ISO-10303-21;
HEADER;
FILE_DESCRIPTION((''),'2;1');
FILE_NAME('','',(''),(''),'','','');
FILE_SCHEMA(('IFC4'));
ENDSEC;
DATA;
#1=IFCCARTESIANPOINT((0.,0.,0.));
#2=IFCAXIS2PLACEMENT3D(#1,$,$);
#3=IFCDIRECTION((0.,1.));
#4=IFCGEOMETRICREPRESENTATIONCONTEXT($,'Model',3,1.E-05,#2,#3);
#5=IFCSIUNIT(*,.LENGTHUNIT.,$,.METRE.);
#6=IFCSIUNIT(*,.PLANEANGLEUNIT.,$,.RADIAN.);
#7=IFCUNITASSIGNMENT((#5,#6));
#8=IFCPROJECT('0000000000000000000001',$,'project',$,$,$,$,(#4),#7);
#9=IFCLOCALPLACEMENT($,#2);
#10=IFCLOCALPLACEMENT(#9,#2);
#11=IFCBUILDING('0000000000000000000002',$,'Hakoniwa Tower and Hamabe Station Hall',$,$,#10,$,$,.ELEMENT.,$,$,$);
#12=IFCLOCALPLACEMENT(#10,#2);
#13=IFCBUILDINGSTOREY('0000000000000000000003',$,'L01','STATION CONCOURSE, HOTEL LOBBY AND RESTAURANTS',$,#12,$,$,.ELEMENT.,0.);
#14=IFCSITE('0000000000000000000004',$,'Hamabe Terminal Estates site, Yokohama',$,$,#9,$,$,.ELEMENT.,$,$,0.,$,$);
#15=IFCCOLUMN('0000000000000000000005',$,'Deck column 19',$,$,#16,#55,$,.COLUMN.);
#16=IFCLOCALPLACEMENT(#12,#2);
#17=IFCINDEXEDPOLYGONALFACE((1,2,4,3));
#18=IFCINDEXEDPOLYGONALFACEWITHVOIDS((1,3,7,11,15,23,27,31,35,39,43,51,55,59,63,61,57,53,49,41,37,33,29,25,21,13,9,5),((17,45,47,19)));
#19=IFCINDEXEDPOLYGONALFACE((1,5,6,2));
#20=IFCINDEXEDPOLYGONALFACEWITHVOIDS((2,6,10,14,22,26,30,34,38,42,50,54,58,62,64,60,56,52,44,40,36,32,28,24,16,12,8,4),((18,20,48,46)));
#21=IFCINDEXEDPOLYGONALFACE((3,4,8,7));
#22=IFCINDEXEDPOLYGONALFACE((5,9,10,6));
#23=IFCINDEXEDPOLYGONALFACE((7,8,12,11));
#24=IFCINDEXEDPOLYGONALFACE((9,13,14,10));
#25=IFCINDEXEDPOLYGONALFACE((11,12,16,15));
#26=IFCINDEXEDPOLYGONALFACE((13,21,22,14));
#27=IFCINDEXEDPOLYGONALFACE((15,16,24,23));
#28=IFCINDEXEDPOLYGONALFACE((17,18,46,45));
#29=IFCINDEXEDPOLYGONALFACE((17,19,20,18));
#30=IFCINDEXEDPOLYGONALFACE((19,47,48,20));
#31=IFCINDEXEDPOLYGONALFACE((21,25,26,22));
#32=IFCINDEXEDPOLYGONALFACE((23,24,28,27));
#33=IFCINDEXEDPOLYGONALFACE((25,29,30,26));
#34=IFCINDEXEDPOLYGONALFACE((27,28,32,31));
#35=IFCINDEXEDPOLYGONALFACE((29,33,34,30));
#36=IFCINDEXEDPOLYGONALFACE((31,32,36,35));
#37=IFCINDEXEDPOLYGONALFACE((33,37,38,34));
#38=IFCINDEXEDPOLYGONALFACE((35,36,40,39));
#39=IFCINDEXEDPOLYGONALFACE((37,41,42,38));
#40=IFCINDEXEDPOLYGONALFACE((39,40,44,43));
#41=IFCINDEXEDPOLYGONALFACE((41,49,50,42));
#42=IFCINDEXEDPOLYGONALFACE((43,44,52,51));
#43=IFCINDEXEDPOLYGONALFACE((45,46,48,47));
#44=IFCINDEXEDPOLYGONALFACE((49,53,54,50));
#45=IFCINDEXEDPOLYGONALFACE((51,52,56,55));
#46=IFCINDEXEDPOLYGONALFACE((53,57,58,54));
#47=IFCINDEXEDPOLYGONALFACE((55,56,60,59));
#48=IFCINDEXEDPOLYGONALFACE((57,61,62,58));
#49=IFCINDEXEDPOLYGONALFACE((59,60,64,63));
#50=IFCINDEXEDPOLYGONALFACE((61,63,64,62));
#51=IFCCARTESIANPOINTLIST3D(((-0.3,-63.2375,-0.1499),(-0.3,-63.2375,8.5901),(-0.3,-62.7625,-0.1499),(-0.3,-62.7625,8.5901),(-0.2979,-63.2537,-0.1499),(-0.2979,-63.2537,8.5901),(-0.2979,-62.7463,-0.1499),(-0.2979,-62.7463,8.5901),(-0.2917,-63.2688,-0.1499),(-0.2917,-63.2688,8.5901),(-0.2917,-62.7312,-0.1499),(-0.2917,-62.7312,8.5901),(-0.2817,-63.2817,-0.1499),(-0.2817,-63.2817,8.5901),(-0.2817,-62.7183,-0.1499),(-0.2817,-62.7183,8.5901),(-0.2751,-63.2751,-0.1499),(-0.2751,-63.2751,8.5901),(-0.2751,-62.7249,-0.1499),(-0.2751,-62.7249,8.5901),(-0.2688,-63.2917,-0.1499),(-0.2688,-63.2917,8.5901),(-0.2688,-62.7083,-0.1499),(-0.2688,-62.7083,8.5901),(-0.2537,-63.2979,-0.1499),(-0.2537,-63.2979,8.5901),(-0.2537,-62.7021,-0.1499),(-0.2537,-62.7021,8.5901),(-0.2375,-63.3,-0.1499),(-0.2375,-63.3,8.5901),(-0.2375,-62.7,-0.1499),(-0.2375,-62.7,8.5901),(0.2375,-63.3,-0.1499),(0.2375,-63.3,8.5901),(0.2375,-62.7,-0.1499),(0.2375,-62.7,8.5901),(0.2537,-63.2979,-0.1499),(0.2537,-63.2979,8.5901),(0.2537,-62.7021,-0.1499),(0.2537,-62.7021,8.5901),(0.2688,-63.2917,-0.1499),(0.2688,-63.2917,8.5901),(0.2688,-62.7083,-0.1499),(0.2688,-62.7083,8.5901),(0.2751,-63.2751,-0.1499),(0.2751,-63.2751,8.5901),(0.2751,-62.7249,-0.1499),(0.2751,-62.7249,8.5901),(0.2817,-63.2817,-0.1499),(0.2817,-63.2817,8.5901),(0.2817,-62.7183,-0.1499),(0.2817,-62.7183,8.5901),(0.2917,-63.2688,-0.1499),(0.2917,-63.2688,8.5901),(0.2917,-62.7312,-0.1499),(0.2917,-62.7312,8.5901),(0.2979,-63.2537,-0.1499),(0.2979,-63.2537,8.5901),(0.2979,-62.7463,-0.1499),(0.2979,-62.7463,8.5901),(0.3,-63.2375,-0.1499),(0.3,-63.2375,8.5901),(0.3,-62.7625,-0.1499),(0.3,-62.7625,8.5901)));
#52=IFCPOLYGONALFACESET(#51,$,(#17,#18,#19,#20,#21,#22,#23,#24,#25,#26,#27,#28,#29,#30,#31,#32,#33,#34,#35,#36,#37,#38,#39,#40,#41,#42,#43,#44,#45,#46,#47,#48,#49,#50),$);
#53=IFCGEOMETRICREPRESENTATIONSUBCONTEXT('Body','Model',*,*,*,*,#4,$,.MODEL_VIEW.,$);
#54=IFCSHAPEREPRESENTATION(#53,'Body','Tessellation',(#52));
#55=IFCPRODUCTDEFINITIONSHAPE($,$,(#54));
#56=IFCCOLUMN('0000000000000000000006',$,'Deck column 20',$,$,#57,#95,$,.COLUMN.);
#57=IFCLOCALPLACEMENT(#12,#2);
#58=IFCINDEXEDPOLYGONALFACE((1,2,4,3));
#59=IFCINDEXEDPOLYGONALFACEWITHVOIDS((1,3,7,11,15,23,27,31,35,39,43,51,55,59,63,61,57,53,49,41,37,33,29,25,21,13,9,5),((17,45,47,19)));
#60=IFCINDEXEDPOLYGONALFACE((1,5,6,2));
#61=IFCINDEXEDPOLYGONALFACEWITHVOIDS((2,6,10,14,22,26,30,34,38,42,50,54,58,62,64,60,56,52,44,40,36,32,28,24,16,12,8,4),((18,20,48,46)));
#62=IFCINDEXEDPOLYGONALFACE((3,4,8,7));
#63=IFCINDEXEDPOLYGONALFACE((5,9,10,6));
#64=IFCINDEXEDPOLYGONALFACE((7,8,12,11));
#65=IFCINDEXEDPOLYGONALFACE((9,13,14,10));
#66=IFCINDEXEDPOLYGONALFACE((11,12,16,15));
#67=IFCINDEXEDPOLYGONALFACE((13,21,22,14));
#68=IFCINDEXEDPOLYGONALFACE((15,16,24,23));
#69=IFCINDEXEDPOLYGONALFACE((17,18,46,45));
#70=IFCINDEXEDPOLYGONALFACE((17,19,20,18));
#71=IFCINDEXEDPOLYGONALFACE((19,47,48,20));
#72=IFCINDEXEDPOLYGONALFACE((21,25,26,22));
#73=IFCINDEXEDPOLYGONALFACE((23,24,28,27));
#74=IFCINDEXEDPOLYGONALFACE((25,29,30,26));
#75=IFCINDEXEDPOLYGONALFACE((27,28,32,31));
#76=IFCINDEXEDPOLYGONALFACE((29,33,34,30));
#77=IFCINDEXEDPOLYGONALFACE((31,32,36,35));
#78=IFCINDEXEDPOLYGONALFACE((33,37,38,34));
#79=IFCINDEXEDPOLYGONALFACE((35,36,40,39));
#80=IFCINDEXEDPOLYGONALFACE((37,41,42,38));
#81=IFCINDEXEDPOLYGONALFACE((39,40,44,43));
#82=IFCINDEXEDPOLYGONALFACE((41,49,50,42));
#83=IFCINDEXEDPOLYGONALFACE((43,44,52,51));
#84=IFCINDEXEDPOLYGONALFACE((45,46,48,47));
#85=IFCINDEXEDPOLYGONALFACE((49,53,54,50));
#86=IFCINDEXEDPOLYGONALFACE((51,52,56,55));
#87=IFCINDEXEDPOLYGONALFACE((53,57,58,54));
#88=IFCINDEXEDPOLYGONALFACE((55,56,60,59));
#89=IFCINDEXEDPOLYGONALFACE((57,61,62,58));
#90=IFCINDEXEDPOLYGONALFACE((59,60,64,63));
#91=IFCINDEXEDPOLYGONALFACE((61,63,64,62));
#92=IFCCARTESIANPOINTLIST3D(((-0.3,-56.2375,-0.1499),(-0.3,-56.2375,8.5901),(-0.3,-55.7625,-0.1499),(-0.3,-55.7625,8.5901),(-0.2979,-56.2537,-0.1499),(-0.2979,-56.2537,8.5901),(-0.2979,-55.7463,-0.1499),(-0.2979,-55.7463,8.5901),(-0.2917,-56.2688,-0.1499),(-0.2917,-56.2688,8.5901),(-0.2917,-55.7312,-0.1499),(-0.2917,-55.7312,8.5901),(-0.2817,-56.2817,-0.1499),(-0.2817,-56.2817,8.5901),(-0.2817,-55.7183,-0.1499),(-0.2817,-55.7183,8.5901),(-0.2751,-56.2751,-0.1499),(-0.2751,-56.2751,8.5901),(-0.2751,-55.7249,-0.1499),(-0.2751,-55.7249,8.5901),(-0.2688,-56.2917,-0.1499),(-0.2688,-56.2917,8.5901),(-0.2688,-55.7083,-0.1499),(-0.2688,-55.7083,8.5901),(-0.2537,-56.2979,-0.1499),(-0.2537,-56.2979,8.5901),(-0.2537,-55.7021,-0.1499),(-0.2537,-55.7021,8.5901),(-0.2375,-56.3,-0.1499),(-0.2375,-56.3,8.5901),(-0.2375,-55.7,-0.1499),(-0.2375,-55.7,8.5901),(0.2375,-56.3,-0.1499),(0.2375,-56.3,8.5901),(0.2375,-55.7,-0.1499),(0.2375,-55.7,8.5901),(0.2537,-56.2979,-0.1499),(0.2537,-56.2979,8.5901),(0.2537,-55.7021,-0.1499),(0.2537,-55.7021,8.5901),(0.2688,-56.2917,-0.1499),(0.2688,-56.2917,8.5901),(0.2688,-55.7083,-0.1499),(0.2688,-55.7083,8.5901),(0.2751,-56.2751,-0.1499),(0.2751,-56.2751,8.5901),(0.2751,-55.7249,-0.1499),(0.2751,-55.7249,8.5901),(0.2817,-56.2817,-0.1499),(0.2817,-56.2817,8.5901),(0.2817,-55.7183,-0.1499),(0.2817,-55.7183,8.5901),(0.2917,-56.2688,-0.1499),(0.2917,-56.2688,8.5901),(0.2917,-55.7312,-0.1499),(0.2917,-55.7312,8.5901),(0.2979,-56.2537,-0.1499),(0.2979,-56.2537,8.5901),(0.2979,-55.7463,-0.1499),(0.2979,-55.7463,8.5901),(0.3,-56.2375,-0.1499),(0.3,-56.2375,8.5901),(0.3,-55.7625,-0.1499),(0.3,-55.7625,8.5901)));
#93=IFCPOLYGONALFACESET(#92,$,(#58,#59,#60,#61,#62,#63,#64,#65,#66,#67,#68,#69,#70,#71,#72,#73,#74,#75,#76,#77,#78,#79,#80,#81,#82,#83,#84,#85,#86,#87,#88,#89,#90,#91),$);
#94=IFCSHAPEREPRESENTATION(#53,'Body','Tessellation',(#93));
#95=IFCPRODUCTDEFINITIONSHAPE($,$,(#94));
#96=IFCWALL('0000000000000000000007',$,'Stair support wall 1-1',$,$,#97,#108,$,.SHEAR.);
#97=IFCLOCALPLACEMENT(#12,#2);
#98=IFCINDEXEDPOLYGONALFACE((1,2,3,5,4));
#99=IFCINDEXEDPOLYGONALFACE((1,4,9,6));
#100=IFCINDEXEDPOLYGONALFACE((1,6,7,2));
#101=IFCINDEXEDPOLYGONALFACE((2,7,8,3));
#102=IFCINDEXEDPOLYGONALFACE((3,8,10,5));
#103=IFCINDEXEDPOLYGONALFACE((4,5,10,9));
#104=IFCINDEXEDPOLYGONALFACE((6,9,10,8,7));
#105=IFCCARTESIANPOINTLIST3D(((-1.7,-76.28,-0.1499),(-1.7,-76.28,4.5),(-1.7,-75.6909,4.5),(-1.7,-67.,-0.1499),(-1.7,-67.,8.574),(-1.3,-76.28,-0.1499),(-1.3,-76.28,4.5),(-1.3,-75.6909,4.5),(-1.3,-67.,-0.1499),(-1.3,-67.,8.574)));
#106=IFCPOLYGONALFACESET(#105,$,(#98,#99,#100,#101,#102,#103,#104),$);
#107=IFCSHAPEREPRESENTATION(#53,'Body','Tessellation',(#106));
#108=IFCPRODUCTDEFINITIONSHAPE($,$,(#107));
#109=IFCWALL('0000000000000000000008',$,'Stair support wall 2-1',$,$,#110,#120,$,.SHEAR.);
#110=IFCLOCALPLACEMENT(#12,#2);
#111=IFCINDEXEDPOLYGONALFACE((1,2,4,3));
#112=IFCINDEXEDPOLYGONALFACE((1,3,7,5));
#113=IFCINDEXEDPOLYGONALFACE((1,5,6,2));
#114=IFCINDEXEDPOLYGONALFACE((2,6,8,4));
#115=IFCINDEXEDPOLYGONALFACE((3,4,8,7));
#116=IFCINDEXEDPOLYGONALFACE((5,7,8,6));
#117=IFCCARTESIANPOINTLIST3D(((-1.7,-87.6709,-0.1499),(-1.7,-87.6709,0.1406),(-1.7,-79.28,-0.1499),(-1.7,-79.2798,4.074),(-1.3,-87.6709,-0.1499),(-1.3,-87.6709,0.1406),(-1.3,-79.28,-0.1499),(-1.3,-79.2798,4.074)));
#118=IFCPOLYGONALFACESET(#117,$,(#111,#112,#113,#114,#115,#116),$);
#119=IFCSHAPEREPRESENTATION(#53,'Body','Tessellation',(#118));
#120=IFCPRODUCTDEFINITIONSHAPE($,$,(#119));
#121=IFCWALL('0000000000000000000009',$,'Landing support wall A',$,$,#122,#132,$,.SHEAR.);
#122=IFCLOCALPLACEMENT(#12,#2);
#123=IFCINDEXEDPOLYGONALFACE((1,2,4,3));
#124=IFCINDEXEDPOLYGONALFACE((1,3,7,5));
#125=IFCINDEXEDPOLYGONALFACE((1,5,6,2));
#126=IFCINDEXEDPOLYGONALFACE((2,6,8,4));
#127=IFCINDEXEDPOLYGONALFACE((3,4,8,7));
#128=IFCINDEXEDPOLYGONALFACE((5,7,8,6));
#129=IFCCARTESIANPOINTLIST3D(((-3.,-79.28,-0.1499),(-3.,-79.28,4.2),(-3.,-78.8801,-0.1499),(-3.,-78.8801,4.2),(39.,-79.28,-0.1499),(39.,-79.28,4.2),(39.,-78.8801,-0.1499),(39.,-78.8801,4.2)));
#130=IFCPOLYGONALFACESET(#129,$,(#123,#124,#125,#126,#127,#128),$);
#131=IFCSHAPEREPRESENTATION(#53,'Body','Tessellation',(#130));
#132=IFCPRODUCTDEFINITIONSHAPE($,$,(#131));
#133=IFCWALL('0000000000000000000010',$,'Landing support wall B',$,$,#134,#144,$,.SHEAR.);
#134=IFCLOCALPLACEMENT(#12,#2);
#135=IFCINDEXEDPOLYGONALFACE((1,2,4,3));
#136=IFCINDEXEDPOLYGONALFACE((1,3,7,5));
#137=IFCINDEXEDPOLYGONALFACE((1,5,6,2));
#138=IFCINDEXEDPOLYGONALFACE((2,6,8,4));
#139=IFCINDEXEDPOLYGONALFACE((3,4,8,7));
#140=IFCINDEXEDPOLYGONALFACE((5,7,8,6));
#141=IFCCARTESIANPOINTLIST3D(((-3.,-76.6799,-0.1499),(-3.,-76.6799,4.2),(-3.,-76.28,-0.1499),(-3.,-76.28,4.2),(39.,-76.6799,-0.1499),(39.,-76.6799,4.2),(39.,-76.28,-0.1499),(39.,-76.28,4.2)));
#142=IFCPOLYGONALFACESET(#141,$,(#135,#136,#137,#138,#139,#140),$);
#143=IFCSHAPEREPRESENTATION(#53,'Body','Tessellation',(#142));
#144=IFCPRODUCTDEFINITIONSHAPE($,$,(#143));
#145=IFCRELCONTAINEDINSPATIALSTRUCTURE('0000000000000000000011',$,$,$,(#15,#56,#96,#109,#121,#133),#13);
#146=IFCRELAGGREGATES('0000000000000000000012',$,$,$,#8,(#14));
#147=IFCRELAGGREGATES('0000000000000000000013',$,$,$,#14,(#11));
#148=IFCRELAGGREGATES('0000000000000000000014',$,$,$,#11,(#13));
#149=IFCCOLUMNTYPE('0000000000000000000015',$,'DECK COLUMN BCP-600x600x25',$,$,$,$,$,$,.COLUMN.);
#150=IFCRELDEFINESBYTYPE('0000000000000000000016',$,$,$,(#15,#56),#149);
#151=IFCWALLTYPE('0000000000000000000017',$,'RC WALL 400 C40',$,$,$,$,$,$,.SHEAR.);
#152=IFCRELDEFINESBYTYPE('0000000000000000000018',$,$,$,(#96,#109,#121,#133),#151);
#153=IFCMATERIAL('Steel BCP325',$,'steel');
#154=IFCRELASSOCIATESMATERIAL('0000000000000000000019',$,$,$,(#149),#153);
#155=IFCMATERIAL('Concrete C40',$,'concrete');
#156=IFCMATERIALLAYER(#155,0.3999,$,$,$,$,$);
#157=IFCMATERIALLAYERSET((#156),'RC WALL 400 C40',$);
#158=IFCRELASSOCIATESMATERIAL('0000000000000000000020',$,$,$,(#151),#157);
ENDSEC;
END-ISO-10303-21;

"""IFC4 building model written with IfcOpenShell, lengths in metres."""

from ifc_helpers import new_model, si_unit, direction, frame, frame_2d, origin, origin_2d, place, context, subcontext, project, spatial, polyline, rectangle, hollow_rectangle, outline, extrude, material, layer, layer_set, material_profile, profile_set, type_object, element, save


model = new_model("IFC4")

# Units and contexts
model_context = context("Model", 3, precision=1e-05, world=origin(), true_north=direction((0.0, 1.0)))
body_context = subcontext(model_context, "Body", "Model", "MODEL_VIEW")
ifc_project = project(units=[si_unit("LENGTHUNIT", "METRE"), si_unit("PLANEANGLEUNIT", "RADIAN")], contexts=[model_context])

# Site, building, storey
site_placement = place(None, origin())
site = spatial("IfcSite", under=ifc_project, at=site_placement, Name="Hamabe Terminal Estates site, Yokohama", CompositionType="ELEMENT", RefElevation=0.0)
building_placement = place(site_placement, origin())
building = spatial("IfcBuilding", under=site, at=building_placement, Name="Hakoniwa Tower and Hamabe Station Hall", CompositionType="ELEMENT")
storey_placement = place(building_placement, origin())
storey = spatial("IfcBuildingStorey", under=building, at=storey_placement, Name="L01", Description="STATION CONCOURSE, HOTEL LOBBY AND RESTAURANTS", CompositionType="ELEMENT", Elevation=0.0)

# Columns
ifc_material_1 = material(Name="Steel BCP325", Category="steel")
ifc_material_profile_1 = material_profile(ifc_material_1, hollow_rectangle(XDim=0.6001, YDim=0.6001, WallThickness=0.0249, OuterFilletRadius=0.0625, at=origin_2d()), Name="DECK COLUMN BCP-600x600x25")
ifc_profile_set_1 = profile_set([ifc_material_profile_1], Name="Steel BCP325")
column_type = type_object("IfcColumnType", Name="DECK COLUMN BCP-600x600x25", PredefinedType="COLUMN", material=ifc_profile_set_1)
for number, where, z_axis, x_axis, name in (
    (1, (0.0, -63.0, -0.1499), (0.0, 0.0, 1.0), (1.0, 0.0, 0.0), "Deck column 19"),
    (2, (0.0, -56.0, -0.1499), (0.0, 0.0, 1.0), (1.0, 0.0, 0.0), "Deck column 20"),
):
    element("IfcColumn", number, at=place(storey_placement, frame(where, z_axis=z_axis, x_axis=x_axis)), inside=storey, type_object=column_type, Name=name, PredefinedType="COLUMN", context=body_context, shape_type="SweptSolid", body=[
        extrude(hollow_rectangle(XDim=0.6001, YDim=0.6001, WallThickness=0.0249, OuterFilletRadius=0.0625, at=origin_2d()), origin(), (0.0, 0.0, 1.0), 8.74),
    ])

# Walls
ifc_material_2 = material(Name="Concrete C40", Category="concrete")
ifc_layer = layer(ifc_material_2, 0.3999)
ifc_layer_set = layer_set([ifc_layer], Name="RC WALL 400 C40")
wall_type = type_object("IfcWallType", Name="RC WALL 400 C40", PredefinedType="SHEAR", material=ifc_layer_set)
wall_1_placement = place(storey_placement, frame((-1.5, -76.28, -0.1499), z_axis=(0.0, 0.0, 1.0), x_axis=(0.0, 1.0, 0.0)))
element("IfcWall", 3, at=wall_1_placement, inside=storey, type_object=wall_type, Name="Stair support wall 1-1", PredefinedType="SHEAR", context=body_context, shape_type="SweptSolid", body=[
    extrude(outline(polyline([(0.0, 0.0), (9.28, 0.0), (9.28, 8.7239), (0.5891, 4.6499), (0.0, 4.6499), (0.0, 0.0)])), frame((0.0, 0.2, 0.0), z_axis=(0.0, -1.0, 0.0), x_axis=(1.0, 0.0, 0.0)), (0.0, 0.0, 1.0), 0.3999),
])
wall_2_placement = place(storey_placement, frame((-1.5, -87.6709, -0.1499), z_axis=(0.0, 0.0, 1.0), x_axis=(0.0, 1.0, 0.0)))
element("IfcWall", 4, at=wall_2_placement, inside=storey, type_object=wall_type, Name="Stair support wall 2-1", PredefinedType="SHEAR", context=body_context, shape_type="SweptSolid", body=[
    extrude(outline(polyline([(0.0, 0.0), (8.3909, 0.0), (8.3911, 4.2239), (0.0, 0.2905), (0.0, 0.0)])), frame((0.0, 0.2, 0.0), z_axis=(0.0, -1.0, 0.0), x_axis=(1.0, 0.0, 0.0)), (0.0, 0.0, 1.0), 0.3999),
])
for number, where, z_axis, x_axis, name in (
    (5, (-3.0, -79.0801, -0.1499), (0.0, 0.0, 1.0), (1.0, 0.0, 0.0), "Landing support wall A"),
    (6, (-3.0, -76.48, -0.1499), (0.0, 0.0, 1.0), (1.0, 0.0, 0.0), "Landing support wall B"),
):
    element("IfcWall", number, at=place(storey_placement, frame(where, z_axis=z_axis, x_axis=x_axis)), inside=storey, type_object=wall_type, Name=name, PredefinedType="SHEAR", context=body_context, shape_type="SweptSolid", body=[
        extrude(rectangle(XDim=42.0, YDim=0.3999, at=frame_2d((21.0, 0.0))), origin(), (0.0, 0.0, 1.0), 4.3499),
    ])

save(model, "model.ifc")
